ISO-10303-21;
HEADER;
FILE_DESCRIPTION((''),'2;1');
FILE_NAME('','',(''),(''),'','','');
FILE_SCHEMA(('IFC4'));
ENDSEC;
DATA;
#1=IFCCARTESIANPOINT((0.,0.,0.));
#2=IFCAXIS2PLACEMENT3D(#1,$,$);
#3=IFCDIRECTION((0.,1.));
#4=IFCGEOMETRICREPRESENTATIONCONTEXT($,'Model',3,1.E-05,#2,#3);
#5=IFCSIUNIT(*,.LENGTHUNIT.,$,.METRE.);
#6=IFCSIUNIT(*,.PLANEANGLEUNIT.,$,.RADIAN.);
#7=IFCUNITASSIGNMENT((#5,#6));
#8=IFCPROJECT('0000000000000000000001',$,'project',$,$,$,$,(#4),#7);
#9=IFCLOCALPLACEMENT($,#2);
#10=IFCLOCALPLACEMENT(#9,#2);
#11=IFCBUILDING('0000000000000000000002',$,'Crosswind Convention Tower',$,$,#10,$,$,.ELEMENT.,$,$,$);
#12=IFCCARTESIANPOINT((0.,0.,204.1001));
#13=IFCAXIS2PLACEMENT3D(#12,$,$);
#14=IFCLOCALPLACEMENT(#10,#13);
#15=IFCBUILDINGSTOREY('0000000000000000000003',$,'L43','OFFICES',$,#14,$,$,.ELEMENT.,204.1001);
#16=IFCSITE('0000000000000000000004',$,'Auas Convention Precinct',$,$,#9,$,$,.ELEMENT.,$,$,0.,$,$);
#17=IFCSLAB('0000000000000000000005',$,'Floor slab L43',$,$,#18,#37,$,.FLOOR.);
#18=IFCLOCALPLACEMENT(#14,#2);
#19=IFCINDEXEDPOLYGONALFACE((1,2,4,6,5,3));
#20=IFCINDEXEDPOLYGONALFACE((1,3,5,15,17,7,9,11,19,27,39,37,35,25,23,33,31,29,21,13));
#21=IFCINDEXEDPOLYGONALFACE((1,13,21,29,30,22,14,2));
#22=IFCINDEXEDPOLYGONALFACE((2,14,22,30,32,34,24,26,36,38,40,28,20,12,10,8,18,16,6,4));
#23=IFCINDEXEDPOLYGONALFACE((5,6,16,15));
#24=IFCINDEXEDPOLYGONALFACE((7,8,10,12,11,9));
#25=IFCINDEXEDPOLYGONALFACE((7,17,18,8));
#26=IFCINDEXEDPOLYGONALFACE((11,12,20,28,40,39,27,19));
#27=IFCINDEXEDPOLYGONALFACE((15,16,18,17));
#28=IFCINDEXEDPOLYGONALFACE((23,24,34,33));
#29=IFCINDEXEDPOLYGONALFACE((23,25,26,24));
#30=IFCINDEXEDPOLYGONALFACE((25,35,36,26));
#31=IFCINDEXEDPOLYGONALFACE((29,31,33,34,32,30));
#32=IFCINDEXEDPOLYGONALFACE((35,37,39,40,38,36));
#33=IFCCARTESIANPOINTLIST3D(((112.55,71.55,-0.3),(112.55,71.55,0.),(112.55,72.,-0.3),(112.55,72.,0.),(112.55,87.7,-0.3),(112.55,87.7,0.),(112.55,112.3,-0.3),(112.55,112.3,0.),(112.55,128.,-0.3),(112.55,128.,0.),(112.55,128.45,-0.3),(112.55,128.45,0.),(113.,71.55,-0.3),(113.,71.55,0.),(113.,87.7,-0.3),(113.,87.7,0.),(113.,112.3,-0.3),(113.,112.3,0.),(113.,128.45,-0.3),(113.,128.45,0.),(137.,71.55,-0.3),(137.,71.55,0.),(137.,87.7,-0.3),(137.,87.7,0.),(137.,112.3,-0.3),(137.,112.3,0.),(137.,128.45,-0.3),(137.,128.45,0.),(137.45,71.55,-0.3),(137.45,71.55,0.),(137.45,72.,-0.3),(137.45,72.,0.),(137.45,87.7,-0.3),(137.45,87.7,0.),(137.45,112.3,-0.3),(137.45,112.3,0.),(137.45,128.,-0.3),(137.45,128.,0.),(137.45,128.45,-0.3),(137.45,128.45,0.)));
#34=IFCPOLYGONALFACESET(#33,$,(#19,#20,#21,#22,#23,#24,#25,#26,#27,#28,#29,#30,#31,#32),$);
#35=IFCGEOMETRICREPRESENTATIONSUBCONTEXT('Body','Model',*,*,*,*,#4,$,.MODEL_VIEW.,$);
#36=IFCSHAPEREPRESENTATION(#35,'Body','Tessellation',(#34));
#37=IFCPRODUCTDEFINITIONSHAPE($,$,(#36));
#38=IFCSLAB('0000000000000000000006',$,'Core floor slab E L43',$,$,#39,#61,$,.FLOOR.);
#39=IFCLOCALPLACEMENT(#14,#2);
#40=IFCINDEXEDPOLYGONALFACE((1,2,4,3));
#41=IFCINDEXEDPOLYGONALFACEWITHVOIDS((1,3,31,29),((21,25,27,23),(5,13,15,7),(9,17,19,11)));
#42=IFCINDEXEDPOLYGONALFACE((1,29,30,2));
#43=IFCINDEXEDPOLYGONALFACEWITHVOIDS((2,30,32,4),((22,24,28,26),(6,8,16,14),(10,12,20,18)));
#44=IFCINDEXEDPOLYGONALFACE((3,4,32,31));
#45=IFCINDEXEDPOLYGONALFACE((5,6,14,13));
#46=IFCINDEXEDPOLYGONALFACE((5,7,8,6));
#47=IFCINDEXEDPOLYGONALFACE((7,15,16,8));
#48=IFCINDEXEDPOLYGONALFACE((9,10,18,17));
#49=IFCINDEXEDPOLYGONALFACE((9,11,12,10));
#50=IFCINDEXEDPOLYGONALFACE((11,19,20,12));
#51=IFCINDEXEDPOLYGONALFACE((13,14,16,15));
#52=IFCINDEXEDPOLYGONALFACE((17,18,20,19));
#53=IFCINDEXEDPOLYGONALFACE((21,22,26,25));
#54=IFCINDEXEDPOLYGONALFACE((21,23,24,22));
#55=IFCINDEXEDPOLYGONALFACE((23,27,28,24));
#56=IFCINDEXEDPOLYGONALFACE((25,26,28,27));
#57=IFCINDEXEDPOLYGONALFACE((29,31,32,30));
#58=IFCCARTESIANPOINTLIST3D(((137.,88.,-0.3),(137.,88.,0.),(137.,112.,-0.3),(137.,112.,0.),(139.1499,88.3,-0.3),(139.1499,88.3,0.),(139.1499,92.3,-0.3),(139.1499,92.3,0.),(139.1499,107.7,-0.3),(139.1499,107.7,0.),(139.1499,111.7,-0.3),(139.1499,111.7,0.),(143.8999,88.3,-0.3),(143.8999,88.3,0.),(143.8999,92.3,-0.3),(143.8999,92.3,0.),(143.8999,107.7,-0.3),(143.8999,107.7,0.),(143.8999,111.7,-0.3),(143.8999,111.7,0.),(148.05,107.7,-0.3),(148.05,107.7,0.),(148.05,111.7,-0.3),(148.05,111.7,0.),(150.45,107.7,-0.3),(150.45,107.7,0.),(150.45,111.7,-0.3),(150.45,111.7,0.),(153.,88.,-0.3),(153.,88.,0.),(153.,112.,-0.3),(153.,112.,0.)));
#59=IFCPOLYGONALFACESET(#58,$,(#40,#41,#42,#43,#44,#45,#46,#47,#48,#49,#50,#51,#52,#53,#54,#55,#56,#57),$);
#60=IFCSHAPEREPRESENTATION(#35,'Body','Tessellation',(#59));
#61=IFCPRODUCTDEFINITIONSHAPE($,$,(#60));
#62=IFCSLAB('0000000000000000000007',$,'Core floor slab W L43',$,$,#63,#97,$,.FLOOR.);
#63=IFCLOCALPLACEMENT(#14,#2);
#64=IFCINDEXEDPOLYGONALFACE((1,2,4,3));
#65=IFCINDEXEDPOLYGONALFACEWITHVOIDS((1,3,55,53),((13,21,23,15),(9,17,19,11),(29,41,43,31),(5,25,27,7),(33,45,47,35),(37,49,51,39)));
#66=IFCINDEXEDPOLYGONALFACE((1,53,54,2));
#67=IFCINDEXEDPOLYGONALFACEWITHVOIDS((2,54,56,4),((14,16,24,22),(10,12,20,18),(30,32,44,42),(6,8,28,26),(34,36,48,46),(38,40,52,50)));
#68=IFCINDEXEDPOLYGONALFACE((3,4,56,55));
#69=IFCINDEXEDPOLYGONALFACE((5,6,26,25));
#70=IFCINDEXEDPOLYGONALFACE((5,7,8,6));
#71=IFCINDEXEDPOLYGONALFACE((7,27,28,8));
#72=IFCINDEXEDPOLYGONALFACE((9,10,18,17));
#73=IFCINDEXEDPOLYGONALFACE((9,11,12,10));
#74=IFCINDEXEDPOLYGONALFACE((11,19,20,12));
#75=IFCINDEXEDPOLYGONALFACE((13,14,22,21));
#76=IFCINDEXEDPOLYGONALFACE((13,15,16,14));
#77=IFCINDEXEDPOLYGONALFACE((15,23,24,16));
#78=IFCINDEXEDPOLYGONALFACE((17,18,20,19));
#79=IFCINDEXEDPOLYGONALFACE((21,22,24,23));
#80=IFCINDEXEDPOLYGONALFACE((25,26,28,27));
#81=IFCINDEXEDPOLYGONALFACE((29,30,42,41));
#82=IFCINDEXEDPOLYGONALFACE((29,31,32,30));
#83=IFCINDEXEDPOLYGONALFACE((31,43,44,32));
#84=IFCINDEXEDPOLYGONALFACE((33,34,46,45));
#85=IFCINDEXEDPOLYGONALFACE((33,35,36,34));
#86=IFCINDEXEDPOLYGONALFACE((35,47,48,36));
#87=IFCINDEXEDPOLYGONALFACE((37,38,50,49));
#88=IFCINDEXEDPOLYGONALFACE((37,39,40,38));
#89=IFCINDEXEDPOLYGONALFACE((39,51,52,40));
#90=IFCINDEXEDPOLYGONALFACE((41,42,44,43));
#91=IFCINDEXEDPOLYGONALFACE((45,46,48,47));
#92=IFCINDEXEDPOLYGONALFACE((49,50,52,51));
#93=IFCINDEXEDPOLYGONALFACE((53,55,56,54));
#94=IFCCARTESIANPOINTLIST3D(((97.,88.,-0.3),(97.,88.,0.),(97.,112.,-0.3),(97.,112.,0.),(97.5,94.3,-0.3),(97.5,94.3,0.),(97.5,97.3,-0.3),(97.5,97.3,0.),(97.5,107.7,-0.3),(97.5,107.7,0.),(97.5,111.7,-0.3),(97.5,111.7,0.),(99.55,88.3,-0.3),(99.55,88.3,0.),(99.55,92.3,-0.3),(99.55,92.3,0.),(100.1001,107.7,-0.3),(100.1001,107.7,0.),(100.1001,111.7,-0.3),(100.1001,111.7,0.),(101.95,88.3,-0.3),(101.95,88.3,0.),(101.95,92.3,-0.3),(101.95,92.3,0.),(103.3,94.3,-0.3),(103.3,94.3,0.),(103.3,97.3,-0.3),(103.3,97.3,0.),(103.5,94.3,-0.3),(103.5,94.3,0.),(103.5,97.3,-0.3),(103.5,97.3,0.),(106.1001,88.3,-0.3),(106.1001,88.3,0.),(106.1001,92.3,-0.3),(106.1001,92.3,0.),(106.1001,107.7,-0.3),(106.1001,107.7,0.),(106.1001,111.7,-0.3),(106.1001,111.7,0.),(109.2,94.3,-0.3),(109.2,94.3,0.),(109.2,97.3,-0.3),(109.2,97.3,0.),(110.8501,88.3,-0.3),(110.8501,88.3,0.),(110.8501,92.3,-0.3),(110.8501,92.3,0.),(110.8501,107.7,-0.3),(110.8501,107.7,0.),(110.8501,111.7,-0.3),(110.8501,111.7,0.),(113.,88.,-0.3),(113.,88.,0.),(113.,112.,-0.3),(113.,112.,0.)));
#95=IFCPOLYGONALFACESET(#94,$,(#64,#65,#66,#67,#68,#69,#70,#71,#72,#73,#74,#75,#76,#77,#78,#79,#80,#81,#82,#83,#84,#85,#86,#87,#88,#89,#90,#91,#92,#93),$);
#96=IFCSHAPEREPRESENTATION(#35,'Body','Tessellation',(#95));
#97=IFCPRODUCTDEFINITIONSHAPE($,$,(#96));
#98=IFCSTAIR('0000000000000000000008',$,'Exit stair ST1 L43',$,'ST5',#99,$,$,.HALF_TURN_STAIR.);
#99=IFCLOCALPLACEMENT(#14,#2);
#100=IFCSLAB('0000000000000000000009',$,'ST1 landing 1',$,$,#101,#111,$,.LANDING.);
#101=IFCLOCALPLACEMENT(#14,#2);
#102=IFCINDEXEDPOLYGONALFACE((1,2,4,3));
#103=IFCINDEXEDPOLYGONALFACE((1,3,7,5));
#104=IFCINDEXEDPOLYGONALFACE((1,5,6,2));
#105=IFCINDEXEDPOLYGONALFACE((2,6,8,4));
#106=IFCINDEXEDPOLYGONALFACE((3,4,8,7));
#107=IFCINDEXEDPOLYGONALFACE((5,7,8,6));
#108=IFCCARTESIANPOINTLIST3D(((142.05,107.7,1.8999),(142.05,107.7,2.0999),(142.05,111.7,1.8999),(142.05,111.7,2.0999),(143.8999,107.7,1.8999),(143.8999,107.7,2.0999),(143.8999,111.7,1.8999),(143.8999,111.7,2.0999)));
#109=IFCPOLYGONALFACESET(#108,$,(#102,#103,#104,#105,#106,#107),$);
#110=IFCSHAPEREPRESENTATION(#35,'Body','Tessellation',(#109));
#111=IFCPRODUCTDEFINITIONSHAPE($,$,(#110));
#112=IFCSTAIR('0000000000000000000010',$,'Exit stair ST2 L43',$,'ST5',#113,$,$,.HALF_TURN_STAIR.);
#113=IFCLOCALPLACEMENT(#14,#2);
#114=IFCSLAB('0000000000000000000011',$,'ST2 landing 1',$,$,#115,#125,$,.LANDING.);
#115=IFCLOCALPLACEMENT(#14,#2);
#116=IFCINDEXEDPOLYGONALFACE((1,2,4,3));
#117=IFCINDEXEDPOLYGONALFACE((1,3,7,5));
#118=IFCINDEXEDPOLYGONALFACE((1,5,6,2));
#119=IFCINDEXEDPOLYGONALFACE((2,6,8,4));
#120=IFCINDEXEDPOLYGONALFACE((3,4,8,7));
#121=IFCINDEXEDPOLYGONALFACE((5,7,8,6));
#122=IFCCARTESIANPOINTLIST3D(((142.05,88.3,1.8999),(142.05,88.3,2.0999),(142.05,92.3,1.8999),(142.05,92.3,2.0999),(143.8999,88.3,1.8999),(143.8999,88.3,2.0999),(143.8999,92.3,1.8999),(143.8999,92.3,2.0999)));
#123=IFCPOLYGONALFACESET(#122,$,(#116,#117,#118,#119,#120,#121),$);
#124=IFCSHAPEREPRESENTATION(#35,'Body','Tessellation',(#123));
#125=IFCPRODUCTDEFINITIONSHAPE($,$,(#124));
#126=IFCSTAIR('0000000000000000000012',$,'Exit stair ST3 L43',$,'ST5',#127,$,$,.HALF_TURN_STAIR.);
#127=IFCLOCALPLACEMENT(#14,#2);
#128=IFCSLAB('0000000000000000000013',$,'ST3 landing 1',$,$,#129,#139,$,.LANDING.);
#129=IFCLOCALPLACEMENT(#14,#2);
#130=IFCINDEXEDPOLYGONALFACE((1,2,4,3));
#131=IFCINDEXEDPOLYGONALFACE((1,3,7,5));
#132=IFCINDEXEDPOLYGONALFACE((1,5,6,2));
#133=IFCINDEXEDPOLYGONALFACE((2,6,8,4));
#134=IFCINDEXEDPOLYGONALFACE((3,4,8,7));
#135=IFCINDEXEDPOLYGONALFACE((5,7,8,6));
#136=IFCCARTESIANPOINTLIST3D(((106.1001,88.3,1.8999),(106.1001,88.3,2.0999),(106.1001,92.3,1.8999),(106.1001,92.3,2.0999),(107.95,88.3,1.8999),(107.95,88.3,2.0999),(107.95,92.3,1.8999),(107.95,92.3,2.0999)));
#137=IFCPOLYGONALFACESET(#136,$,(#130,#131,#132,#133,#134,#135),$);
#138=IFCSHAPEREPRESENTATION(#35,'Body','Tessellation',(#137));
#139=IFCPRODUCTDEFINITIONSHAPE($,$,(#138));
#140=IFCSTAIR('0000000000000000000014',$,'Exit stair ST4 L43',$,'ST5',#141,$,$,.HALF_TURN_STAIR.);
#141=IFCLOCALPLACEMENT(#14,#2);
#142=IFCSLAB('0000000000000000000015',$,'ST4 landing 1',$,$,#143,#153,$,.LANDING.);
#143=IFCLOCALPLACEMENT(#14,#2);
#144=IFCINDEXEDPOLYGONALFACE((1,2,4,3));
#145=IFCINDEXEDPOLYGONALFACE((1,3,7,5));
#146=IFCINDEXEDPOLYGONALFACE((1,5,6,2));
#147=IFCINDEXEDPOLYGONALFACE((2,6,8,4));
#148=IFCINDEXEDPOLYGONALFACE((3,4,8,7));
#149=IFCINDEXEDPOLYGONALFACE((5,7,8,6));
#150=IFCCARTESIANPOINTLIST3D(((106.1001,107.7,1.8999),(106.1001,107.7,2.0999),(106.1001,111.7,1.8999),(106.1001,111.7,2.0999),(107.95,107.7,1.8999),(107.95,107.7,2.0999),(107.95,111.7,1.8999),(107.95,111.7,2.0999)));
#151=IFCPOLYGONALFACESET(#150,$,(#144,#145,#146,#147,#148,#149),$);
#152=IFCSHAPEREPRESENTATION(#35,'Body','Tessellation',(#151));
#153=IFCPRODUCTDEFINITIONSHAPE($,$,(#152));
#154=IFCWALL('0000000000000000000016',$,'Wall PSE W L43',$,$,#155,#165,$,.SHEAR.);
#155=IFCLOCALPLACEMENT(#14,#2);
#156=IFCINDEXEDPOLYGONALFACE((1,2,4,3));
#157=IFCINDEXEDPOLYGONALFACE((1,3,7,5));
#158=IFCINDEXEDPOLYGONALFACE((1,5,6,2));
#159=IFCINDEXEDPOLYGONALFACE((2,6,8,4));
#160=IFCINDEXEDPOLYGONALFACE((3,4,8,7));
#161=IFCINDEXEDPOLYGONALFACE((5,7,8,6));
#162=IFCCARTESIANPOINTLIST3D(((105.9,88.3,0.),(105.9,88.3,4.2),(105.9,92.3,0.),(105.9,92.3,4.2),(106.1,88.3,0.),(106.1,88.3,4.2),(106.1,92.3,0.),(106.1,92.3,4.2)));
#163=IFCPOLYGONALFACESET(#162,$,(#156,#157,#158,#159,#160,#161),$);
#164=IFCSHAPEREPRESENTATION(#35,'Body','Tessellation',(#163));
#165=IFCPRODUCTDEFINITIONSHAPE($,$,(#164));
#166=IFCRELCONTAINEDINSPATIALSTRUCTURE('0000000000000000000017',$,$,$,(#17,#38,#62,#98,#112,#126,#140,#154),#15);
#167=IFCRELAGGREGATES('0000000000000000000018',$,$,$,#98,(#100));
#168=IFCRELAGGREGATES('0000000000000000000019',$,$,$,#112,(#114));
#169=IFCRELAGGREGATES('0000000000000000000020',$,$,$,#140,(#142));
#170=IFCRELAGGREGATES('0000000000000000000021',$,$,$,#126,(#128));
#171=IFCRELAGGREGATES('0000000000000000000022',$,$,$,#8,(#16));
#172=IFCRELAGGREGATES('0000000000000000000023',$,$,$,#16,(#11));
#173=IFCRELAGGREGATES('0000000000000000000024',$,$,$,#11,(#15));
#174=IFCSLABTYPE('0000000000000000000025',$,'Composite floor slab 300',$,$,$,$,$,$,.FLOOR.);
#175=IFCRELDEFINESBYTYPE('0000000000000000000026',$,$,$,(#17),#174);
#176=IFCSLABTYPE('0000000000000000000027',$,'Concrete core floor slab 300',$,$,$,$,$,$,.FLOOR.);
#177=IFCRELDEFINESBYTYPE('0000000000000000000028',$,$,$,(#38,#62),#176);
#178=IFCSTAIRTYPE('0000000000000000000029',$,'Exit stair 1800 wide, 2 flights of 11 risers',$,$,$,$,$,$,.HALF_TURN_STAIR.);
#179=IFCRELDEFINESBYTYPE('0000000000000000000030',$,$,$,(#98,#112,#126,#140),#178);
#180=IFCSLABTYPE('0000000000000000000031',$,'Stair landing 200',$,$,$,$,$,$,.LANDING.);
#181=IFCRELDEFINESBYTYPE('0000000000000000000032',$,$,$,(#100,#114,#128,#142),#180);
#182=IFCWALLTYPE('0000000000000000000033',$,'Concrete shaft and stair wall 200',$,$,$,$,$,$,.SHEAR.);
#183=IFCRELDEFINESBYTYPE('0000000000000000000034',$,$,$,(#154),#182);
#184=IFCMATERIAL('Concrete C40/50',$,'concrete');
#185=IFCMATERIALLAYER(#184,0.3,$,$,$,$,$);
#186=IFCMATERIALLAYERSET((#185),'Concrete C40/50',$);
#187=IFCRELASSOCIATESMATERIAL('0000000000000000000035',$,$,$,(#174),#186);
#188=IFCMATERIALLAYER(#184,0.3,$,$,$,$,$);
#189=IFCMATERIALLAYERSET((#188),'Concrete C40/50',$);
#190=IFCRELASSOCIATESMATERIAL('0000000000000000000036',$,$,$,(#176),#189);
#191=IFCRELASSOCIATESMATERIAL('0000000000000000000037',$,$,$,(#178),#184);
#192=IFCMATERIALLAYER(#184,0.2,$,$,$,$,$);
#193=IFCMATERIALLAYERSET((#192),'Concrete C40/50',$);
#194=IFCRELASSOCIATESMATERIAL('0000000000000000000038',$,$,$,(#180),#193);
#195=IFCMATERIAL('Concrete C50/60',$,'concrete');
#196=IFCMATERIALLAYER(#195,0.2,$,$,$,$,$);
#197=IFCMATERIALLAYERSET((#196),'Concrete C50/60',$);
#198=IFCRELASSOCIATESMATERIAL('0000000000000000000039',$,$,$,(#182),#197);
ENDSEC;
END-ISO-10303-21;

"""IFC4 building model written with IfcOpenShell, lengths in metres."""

from ifc_helpers import new_model, si_unit, direction, frame, frame_2d, origin, place, context, subcontext, project, spatial, polyline, rectangle, outline, extrude, material, layer, layer_set, type_object, element, aggregate, save


model = new_model("IFC4")

# Units and contexts
model_context = context("Model", 3, precision=1e-05, world=origin(), true_north=direction((0.0, 1.0)))
body_context = subcontext(model_context, "Body", "Model", "MODEL_VIEW")
ifc_project = project(units=[si_unit("LENGTHUNIT", "METRE"), si_unit("PLANEANGLEUNIT", "RADIAN")], contexts=[model_context])

# Site, building, storey
site_placement = place(None, origin())
site = spatial("IfcSite", under=ifc_project, at=site_placement, Name="Auas Convention Precinct", CompositionType="ELEMENT", RefElevation=0.0)
building_placement = place(site_placement, origin())
building = spatial("IfcBuilding", under=site, at=building_placement, Name="Crosswind Convention Tower", CompositionType="ELEMENT")
storey_placement = place(building_placement, frame((0.0, 0.0, 204.1001)))
storey = spatial("IfcBuildingStorey", under=building, at=storey_placement, Name="L43", Description="OFFICES", CompositionType="ELEMENT", Elevation=204.1001)

# Slabs
ifc_material_1 = material(Name="Concrete C40/50", Category="concrete")
ifc_layer_1 = layer(ifc_material_1, 0.3)
ifc_layer_set_1 = layer_set([ifc_layer_1], Name="Concrete C40/50")
slab_type_1 = type_object("IfcSlabType", Name="Composite floor slab 300", PredefinedType="FLOOR", material=ifc_layer_set_1)
slab_1_placement = place(storey_placement, frame((0.0, 0.0, -0.3)))
element("IfcSlab", 1, at=slab_1_placement, inside=storey, type_object=slab_type_1, Name="Floor slab L43", PredefinedType="FLOOR", context=body_context, shape_type="SweptSolid", body=[
    extrude(outline(polyline([(137.45, 71.55), (137.0, 71.55), (113.0, 71.55), (112.55, 71.55), (112.55, 72.0), (112.55, 87.7), (113.0, 87.7), (113.0, 112.3), (112.55, 112.3), (112.55, 128.0), (112.55, 128.45), (113.0, 128.45), (137.0, 128.45), (137.45, 128.45), (137.45, 128.0), (137.45, 112.3), (137.0, 112.3), (137.0, 87.7), (137.45, 87.7), (137.45, 72.0), (137.45, 71.55)])), origin(), (0.0, 0.0, 1.0), 0.3),
])
ifc_layer_2 = layer(ifc_material_1, 0.3)
ifc_layer_set_2 = layer_set([ifc_layer_2], Name="Concrete C40/50")
slab_type_2 = type_object("IfcSlabType", Name="Concrete core floor slab 300", PredefinedType="FLOOR", material=ifc_layer_set_2)
slab_2_placement = place(storey_placement, frame((0.0, 0.0, -0.3)))
element("IfcSlab", 2, at=slab_2_placement, inside=storey, type_object=slab_type_2, Name="Core floor slab E L43", PredefinedType="FLOOR", context=body_context, shape_type="SweptSolid", body=[
    extrude(outline(polyline([(137.0, 88.0), (153.0, 88.0), (153.0, 112.0), (137.0, 112.0), (137.0, 88.0)]), holes=[polyline([(150.45, 107.7), (150.45, 111.7), (148.05, 111.7), (148.05, 107.7), (150.45, 107.7)]), polyline([(143.8999, 107.7), (143.8999, 111.7), (139.1499, 111.7), (139.1499, 107.7), (143.8999, 107.7)]), polyline([(143.8999, 88.3), (143.8999, 92.3), (139.1499, 92.3), (139.1499, 88.3), (143.8999, 88.3)])]), origin(), (0.0, 0.0, 1.0), 0.3),
])
slab_3_placement = place(storey_placement, frame((0.0, 0.0, -0.3)))
element("IfcSlab", 3, at=slab_3_placement, inside=storey, type_object=slab_type_2, Name="Core floor slab W L43", PredefinedType="FLOOR", context=body_context, shape_type="SweptSolid", body=[
    extrude(outline(polyline([(97.0, 88.0), (113.0, 88.0), (113.0, 112.0), (97.0, 112.0), (97.0, 88.0)]), holes=[polyline([(109.2, 94.3), (109.2, 97.3), (103.5, 97.3), (103.5, 94.3), (109.2, 94.3)]), polyline([(103.3, 94.3), (103.3, 97.3), (97.5, 97.3), (97.5, 94.3), (103.3, 94.3)]), polyline([(101.95, 88.3), (101.95, 92.3), (99.55, 92.3), (99.55, 88.3), (101.95, 88.3)]), polyline([(100.1001, 107.7), (100.1001, 111.7), (97.5, 111.7), (97.5, 107.7), (100.1001, 107.7)]), polyline([(110.8501, 88.3), (110.8501, 92.3), (106.1001, 92.3), (106.1001, 88.3), (110.8501, 88.3)]), polyline([(110.8501, 107.7), (110.8501, 111.7), (106.1001, 111.7), (106.1001, 107.7), (110.8501, 107.7)])]), origin(), (0.0, 0.0, 1.0), 0.3),
])

# Stairs, slabs
stair_type = type_object("IfcStairType", Name="Exit stair 1800 wide, 2 flights of 11 risers", PredefinedType="HALF_TURN_STAIR", material=ifc_material_1)
stair_1_placement = place(storey_placement, origin())
stair_1 = element("IfcStair", 4, at=stair_1_placement, inside=storey, type_object=stair_type, Name="Exit stair ST1 L43", ObjectType="ST5", PredefinedType="HALF_TURN_STAIR")
ifc_layer_3 = layer(ifc_material_1, 0.2)
ifc_layer_set_3 = layer_set([ifc_layer_3], Name="Concrete C40/50")
slab_type_3 = type_object("IfcSlabType", Name="Stair landing 200", PredefinedType="LANDING", material=ifc_layer_set_3)
slab_4_placement = place(storey_placement, frame((0.0, 0.0, 1.8999)))
slab_4 = element("IfcSlab", 5, at=slab_4_placement, type_object=slab_type_3, Name="ST1 landing 1", PredefinedType="LANDING", context=body_context, shape_type="SweptSolid", body=[
    extrude(outline(polyline([(143.8999, 107.7), (143.8999, 111.7), (142.05, 111.7), (142.05, 107.7), (143.8999, 107.7)])), origin(), (0.0, 0.0, 1.0), 0.2),
])
aggregate(stair_1, [slab_4])
stair_2_placement = place(storey_placement, origin())
stair_2 = element("IfcStair", 6, at=stair_2_placement, inside=storey, type_object=stair_type, Name="Exit stair ST2 L43", ObjectType="ST5", PredefinedType="HALF_TURN_STAIR")
slab_5_placement = place(storey_placement, frame((0.0, 0.0, 1.8999)))
slab_5 = element("IfcSlab", 7, at=slab_5_placement, type_object=slab_type_3, Name="ST2 landing 1", PredefinedType="LANDING", context=body_context, shape_type="SweptSolid", body=[
    extrude(outline(polyline([(143.8999, 88.3), (143.8999, 92.3), (142.05, 92.3), (142.05, 88.3), (143.8999, 88.3)])), origin(), (0.0, 0.0, 1.0), 0.2),
])
aggregate(stair_2, [slab_5])
stair_3_placement = place(storey_placement, origin())
stair_3 = element("IfcStair", 8, at=stair_3_placement, inside=storey, type_object=stair_type, Name="Exit stair ST3 L43", ObjectType="ST5", PredefinedType="HALF_TURN_STAIR")
slab_6_placement = place(storey_placement, frame((0.0, 0.0, 1.8999)))
slab_6 = element("IfcSlab", 9, at=slab_6_placement, type_object=slab_type_3, Name="ST3 landing 1", PredefinedType="LANDING", context=body_context, shape_type="SweptSolid", body=[
    extrude(outline(polyline([(107.95, 88.3), (107.95, 92.3), (106.1001, 92.3), (106.1001, 88.3), (107.95, 88.3)])), origin(), (0.0, 0.0, 1.0), 0.2),
])
stair_4_placement = place(storey_placement, origin())
stair_4 = element("IfcStair", 10, at=stair_4_placement, inside=storey, type_object=stair_type, Name="Exit stair ST4 L43", ObjectType="ST5", PredefinedType="HALF_TURN_STAIR")
slab_7_placement = place(storey_placement, frame((0.0, 0.0, 1.8999)))
slab_7 = element("IfcSlab", 11, at=slab_7_placement, type_object=slab_type_3, Name="ST4 landing 1", PredefinedType="LANDING", context=body_context, shape_type="SweptSolid", body=[
    extrude(outline(polyline([(107.95, 107.7), (107.95, 111.7), (106.1001, 111.7), (106.1001, 107.7), (107.95, 107.7)])), origin(), (0.0, 0.0, 1.0), 0.2),
])
aggregate(stair_4, [slab_7])

# Wall
ifc_material_2 = material(Name="Concrete C50/60", Category="concrete")
ifc_layer_4 = layer(ifc_material_2, 0.2)
ifc_layer_set_4 = layer_set([ifc_layer_4], Name="Concrete C50/60")
wall_type_1 = type_object("IfcWallType", Name="Concrete shaft and stair wall 200", PredefinedType="SHEAR", material=ifc_layer_set_4)
wall_1_placement = place(storey_placement, frame((106.0, 92.3, 0.0), z_axis=(0.0, 0.0, 1.0), x_axis=(0.0, -1.0, 0.0)))
element("IfcWall", 12, at=wall_1_placement, inside=storey, type_object=wall_type_1, Name="Wall PSE W L43", PredefinedType="SHEAR", context=body_context, shape_type="SweptSolid", body=[
    extrude(rectangle(XDim=4.0, YDim=0.2, at=frame_2d((2.0, 0.0))), origin(), (0.0, 0.0, 1.0), 4.2),
])

aggregate(stair_3, [slab_6])

save(model, "model.ifc")
